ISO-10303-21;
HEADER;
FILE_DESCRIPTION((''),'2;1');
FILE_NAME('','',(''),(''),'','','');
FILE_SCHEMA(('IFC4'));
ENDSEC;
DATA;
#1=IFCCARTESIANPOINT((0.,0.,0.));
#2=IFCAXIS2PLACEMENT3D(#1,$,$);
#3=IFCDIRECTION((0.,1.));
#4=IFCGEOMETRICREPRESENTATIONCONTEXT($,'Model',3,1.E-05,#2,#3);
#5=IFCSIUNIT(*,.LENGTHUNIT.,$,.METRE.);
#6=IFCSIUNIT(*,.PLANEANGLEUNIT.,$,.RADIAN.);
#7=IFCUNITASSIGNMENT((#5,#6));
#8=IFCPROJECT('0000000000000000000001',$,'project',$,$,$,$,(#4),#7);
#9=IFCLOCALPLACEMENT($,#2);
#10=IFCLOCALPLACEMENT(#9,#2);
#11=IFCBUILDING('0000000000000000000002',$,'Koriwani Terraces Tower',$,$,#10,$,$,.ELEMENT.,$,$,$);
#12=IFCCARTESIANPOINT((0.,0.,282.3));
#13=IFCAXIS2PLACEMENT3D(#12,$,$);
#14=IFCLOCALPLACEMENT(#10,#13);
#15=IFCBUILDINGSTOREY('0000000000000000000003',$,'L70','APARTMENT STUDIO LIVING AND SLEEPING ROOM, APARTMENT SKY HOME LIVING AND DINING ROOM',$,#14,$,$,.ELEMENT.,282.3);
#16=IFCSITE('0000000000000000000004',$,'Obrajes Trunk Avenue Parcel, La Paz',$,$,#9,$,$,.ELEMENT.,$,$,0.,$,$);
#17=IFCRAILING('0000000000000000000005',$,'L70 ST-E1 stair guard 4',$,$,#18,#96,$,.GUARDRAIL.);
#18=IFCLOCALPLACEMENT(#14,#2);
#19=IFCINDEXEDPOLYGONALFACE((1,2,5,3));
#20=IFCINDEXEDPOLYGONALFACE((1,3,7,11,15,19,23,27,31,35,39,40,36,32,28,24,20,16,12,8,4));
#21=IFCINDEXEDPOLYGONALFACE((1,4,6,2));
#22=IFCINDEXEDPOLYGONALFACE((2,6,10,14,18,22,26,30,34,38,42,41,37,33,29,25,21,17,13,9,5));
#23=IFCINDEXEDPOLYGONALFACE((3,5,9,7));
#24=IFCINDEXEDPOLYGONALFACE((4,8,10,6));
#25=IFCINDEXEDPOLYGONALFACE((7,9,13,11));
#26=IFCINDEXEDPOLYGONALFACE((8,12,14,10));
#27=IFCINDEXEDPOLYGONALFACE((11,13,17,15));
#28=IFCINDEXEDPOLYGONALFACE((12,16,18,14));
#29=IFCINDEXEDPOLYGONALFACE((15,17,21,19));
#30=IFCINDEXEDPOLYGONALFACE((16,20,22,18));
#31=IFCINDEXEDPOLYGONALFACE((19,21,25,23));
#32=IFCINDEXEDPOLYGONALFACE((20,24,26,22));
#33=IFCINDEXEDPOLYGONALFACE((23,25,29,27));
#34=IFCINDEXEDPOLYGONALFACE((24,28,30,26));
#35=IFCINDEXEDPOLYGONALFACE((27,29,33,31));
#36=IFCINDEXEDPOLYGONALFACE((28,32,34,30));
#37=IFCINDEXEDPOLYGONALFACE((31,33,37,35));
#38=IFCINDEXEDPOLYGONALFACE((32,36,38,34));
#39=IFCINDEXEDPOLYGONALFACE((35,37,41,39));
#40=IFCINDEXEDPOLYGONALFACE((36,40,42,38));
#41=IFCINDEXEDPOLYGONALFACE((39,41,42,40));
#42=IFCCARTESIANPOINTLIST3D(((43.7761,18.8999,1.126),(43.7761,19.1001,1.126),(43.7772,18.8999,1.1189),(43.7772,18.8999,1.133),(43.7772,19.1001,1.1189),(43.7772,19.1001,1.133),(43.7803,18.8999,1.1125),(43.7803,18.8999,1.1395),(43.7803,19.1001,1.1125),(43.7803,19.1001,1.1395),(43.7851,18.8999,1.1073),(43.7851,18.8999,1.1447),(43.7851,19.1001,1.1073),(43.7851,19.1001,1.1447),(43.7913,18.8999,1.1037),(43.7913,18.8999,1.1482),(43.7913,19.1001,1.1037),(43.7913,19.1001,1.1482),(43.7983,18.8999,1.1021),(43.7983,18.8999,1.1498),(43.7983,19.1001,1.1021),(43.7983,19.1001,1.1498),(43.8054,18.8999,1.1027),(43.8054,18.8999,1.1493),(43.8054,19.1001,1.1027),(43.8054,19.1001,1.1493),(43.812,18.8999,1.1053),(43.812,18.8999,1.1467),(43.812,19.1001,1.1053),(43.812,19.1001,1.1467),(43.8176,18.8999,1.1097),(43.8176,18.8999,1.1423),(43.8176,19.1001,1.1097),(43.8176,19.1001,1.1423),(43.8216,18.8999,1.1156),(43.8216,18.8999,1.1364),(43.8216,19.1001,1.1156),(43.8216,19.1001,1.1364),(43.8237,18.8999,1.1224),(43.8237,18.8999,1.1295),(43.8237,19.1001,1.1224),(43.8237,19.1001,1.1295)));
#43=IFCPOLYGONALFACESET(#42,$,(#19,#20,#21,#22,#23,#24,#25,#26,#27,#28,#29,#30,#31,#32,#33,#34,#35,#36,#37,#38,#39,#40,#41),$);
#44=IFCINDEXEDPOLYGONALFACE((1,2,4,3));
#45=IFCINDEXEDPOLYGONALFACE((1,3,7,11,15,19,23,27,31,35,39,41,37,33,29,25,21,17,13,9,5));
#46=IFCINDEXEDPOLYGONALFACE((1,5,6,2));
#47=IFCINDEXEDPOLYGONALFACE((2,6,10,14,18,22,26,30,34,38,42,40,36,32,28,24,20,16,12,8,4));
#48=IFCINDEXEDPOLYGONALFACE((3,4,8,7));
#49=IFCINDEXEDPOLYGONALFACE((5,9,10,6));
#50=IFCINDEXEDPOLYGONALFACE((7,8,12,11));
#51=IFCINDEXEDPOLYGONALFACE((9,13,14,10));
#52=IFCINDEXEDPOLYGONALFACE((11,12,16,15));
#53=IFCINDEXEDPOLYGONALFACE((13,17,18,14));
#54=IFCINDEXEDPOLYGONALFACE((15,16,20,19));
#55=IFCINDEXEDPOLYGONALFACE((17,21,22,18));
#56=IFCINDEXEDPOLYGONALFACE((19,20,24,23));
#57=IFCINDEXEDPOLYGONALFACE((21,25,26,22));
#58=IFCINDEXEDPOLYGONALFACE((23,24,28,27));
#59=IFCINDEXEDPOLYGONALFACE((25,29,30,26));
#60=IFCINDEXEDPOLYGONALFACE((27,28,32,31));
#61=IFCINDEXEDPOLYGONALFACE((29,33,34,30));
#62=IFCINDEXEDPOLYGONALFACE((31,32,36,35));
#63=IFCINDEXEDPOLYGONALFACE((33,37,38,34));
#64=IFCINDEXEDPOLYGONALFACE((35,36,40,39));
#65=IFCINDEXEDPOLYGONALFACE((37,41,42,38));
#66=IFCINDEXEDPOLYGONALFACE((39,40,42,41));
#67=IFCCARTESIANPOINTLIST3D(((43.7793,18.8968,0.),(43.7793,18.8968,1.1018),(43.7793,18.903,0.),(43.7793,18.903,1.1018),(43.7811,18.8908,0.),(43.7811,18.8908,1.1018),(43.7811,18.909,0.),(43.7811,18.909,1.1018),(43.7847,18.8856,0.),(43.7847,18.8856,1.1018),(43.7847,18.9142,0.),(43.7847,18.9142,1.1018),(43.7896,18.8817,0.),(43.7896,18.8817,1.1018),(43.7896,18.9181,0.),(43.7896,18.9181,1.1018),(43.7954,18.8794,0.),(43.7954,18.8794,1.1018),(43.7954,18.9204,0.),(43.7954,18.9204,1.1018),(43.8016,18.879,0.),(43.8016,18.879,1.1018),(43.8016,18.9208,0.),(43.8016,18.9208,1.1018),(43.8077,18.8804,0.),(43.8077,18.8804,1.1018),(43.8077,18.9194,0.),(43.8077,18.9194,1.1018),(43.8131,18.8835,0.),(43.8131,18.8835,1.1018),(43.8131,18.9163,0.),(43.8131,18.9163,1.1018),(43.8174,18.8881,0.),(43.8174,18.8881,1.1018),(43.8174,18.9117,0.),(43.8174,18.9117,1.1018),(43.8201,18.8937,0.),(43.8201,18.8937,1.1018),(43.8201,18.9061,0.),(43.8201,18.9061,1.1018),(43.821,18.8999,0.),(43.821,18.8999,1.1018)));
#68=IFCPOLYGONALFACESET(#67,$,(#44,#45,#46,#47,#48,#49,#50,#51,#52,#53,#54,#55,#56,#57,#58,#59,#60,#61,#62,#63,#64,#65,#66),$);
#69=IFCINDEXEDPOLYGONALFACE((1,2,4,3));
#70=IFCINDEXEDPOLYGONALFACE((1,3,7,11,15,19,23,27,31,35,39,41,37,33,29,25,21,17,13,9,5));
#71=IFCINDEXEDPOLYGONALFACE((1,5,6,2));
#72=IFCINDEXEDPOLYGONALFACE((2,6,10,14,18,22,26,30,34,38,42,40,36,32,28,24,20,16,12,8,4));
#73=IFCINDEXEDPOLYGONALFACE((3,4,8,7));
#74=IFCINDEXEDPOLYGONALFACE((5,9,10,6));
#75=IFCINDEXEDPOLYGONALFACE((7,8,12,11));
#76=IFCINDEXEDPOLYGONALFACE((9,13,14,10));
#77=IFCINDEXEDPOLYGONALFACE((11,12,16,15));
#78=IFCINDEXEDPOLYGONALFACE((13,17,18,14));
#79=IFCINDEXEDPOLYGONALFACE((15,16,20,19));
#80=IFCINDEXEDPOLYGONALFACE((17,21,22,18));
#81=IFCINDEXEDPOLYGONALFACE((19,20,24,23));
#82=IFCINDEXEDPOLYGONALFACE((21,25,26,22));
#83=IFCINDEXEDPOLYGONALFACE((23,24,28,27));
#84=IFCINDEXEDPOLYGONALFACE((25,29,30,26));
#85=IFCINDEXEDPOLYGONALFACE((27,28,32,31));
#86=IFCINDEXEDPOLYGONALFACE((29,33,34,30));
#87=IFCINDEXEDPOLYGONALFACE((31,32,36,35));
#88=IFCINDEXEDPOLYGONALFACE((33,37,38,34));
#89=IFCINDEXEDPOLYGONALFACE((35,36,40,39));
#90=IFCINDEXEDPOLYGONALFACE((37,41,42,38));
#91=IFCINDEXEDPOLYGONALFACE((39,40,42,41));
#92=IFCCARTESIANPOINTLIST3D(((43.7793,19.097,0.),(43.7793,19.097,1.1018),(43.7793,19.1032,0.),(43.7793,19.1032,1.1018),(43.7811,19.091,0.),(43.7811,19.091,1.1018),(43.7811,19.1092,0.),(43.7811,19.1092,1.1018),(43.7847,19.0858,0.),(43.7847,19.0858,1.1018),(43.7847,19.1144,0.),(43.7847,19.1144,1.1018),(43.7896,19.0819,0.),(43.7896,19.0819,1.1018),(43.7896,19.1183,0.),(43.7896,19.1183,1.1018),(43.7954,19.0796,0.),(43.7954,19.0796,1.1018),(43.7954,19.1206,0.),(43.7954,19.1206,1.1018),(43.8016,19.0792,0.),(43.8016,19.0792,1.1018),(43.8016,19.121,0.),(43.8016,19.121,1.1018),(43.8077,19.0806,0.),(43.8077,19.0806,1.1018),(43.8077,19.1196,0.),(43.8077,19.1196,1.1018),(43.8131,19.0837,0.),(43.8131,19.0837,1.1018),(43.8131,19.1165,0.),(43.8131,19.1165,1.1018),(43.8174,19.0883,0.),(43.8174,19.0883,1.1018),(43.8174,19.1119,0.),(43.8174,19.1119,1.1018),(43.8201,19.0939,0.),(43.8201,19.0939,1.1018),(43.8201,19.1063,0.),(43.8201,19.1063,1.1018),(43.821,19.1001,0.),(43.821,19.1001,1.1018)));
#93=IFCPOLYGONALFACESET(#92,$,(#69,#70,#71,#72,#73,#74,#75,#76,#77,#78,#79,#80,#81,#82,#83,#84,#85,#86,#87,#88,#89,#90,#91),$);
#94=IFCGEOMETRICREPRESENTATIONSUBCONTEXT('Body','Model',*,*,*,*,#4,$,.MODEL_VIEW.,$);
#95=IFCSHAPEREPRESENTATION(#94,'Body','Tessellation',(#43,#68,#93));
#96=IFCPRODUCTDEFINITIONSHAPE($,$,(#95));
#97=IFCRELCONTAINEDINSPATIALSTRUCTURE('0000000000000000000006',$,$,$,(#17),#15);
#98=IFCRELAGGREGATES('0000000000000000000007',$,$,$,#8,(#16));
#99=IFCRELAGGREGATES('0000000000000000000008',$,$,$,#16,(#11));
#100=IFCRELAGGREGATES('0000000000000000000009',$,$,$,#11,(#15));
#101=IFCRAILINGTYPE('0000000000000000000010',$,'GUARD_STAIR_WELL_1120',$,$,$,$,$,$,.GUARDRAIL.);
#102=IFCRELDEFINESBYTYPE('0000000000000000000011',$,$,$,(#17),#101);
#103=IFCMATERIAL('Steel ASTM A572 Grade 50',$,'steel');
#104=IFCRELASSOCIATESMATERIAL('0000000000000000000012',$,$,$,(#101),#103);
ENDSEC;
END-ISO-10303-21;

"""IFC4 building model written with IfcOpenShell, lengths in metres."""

from ifc_helpers import new_model, si_unit, direction, frame, origin, origin_2d, place, context, subcontext, project, spatial, circle, extrude, material, type_object, element, save


model = new_model("IFC4")

# Units and contexts
model_context = context("Model", 3, precision=1e-05, world=origin(), true_north=direction((0.0, 1.0)))
body_context = subcontext(model_context, "Body", "Model", "MODEL_VIEW")
ifc_project = project(units=[si_unit("LENGTHUNIT", "METRE"), si_unit("PLANEANGLEUNIT", "RADIAN")], contexts=[model_context])

# Site, building, storey
site_placement = place(None, origin())
site = spatial("IfcSite", under=ifc_project, at=site_placement, Name="Obrajes Trunk Avenue Parcel, La Paz", CompositionType="ELEMENT", RefElevation=0.0)
building_placement = place(site_placement, origin())
building = spatial("IfcBuilding", under=site, at=building_placement, Name="Koriwani Terraces Tower", CompositionType="ELEMENT")
storey_placement = place(building_placement, frame((0.0, 0.0, 282.3)))
storey = spatial("IfcBuildingStorey", under=building, at=storey_placement, Name="L70", Description="APARTMENT STUDIO LIVING AND SLEEPING ROOM, APARTMENT SKY HOME LIVING AND DINING ROOM", CompositionType="ELEMENT", Elevation=282.3)

# Shared definitions
ifc_material_1 = material(Name="Steel ASTM A572 Grade 50", Category="steel")

# Railing
railing_type_1 = type_object("IfcRailingType", Name="GUARD_STAIR_WELL_1120", PredefinedType="GUARDRAIL", material=ifc_material_1)
railing_1_placement = place(storey_placement, frame((43.8, 18.8999, 0.0)))
element("IfcRailing", 1, at=railing_1_placement, inside=storey, type_object=railing_type_1, Name="L70 ST-E1 stair guard 4", PredefinedType="GUARDRAIL", context=body_context, shape_type="SweptSolid", body=[
    extrude(circle(Radius=0.0239, at=origin_2d()), frame((0.0, 0.0, 1.126), z_axis=(0.0, 1.0, 0.0), x_axis=(-1.0, 0.0, 0.0)), (0.0, 0.0, 1.0), 0.2002),
    extrude(circle(Radius=0.021, at=origin_2d()), origin(), (0.0, 0.0, 1.0), 1.1018),
    extrude(circle(Radius=0.021, at=origin_2d()), frame((0.0, 0.2002, 0.0)), (0.0, 0.0, 1.0), 1.1018),
])

save(model, "model.ifc")
